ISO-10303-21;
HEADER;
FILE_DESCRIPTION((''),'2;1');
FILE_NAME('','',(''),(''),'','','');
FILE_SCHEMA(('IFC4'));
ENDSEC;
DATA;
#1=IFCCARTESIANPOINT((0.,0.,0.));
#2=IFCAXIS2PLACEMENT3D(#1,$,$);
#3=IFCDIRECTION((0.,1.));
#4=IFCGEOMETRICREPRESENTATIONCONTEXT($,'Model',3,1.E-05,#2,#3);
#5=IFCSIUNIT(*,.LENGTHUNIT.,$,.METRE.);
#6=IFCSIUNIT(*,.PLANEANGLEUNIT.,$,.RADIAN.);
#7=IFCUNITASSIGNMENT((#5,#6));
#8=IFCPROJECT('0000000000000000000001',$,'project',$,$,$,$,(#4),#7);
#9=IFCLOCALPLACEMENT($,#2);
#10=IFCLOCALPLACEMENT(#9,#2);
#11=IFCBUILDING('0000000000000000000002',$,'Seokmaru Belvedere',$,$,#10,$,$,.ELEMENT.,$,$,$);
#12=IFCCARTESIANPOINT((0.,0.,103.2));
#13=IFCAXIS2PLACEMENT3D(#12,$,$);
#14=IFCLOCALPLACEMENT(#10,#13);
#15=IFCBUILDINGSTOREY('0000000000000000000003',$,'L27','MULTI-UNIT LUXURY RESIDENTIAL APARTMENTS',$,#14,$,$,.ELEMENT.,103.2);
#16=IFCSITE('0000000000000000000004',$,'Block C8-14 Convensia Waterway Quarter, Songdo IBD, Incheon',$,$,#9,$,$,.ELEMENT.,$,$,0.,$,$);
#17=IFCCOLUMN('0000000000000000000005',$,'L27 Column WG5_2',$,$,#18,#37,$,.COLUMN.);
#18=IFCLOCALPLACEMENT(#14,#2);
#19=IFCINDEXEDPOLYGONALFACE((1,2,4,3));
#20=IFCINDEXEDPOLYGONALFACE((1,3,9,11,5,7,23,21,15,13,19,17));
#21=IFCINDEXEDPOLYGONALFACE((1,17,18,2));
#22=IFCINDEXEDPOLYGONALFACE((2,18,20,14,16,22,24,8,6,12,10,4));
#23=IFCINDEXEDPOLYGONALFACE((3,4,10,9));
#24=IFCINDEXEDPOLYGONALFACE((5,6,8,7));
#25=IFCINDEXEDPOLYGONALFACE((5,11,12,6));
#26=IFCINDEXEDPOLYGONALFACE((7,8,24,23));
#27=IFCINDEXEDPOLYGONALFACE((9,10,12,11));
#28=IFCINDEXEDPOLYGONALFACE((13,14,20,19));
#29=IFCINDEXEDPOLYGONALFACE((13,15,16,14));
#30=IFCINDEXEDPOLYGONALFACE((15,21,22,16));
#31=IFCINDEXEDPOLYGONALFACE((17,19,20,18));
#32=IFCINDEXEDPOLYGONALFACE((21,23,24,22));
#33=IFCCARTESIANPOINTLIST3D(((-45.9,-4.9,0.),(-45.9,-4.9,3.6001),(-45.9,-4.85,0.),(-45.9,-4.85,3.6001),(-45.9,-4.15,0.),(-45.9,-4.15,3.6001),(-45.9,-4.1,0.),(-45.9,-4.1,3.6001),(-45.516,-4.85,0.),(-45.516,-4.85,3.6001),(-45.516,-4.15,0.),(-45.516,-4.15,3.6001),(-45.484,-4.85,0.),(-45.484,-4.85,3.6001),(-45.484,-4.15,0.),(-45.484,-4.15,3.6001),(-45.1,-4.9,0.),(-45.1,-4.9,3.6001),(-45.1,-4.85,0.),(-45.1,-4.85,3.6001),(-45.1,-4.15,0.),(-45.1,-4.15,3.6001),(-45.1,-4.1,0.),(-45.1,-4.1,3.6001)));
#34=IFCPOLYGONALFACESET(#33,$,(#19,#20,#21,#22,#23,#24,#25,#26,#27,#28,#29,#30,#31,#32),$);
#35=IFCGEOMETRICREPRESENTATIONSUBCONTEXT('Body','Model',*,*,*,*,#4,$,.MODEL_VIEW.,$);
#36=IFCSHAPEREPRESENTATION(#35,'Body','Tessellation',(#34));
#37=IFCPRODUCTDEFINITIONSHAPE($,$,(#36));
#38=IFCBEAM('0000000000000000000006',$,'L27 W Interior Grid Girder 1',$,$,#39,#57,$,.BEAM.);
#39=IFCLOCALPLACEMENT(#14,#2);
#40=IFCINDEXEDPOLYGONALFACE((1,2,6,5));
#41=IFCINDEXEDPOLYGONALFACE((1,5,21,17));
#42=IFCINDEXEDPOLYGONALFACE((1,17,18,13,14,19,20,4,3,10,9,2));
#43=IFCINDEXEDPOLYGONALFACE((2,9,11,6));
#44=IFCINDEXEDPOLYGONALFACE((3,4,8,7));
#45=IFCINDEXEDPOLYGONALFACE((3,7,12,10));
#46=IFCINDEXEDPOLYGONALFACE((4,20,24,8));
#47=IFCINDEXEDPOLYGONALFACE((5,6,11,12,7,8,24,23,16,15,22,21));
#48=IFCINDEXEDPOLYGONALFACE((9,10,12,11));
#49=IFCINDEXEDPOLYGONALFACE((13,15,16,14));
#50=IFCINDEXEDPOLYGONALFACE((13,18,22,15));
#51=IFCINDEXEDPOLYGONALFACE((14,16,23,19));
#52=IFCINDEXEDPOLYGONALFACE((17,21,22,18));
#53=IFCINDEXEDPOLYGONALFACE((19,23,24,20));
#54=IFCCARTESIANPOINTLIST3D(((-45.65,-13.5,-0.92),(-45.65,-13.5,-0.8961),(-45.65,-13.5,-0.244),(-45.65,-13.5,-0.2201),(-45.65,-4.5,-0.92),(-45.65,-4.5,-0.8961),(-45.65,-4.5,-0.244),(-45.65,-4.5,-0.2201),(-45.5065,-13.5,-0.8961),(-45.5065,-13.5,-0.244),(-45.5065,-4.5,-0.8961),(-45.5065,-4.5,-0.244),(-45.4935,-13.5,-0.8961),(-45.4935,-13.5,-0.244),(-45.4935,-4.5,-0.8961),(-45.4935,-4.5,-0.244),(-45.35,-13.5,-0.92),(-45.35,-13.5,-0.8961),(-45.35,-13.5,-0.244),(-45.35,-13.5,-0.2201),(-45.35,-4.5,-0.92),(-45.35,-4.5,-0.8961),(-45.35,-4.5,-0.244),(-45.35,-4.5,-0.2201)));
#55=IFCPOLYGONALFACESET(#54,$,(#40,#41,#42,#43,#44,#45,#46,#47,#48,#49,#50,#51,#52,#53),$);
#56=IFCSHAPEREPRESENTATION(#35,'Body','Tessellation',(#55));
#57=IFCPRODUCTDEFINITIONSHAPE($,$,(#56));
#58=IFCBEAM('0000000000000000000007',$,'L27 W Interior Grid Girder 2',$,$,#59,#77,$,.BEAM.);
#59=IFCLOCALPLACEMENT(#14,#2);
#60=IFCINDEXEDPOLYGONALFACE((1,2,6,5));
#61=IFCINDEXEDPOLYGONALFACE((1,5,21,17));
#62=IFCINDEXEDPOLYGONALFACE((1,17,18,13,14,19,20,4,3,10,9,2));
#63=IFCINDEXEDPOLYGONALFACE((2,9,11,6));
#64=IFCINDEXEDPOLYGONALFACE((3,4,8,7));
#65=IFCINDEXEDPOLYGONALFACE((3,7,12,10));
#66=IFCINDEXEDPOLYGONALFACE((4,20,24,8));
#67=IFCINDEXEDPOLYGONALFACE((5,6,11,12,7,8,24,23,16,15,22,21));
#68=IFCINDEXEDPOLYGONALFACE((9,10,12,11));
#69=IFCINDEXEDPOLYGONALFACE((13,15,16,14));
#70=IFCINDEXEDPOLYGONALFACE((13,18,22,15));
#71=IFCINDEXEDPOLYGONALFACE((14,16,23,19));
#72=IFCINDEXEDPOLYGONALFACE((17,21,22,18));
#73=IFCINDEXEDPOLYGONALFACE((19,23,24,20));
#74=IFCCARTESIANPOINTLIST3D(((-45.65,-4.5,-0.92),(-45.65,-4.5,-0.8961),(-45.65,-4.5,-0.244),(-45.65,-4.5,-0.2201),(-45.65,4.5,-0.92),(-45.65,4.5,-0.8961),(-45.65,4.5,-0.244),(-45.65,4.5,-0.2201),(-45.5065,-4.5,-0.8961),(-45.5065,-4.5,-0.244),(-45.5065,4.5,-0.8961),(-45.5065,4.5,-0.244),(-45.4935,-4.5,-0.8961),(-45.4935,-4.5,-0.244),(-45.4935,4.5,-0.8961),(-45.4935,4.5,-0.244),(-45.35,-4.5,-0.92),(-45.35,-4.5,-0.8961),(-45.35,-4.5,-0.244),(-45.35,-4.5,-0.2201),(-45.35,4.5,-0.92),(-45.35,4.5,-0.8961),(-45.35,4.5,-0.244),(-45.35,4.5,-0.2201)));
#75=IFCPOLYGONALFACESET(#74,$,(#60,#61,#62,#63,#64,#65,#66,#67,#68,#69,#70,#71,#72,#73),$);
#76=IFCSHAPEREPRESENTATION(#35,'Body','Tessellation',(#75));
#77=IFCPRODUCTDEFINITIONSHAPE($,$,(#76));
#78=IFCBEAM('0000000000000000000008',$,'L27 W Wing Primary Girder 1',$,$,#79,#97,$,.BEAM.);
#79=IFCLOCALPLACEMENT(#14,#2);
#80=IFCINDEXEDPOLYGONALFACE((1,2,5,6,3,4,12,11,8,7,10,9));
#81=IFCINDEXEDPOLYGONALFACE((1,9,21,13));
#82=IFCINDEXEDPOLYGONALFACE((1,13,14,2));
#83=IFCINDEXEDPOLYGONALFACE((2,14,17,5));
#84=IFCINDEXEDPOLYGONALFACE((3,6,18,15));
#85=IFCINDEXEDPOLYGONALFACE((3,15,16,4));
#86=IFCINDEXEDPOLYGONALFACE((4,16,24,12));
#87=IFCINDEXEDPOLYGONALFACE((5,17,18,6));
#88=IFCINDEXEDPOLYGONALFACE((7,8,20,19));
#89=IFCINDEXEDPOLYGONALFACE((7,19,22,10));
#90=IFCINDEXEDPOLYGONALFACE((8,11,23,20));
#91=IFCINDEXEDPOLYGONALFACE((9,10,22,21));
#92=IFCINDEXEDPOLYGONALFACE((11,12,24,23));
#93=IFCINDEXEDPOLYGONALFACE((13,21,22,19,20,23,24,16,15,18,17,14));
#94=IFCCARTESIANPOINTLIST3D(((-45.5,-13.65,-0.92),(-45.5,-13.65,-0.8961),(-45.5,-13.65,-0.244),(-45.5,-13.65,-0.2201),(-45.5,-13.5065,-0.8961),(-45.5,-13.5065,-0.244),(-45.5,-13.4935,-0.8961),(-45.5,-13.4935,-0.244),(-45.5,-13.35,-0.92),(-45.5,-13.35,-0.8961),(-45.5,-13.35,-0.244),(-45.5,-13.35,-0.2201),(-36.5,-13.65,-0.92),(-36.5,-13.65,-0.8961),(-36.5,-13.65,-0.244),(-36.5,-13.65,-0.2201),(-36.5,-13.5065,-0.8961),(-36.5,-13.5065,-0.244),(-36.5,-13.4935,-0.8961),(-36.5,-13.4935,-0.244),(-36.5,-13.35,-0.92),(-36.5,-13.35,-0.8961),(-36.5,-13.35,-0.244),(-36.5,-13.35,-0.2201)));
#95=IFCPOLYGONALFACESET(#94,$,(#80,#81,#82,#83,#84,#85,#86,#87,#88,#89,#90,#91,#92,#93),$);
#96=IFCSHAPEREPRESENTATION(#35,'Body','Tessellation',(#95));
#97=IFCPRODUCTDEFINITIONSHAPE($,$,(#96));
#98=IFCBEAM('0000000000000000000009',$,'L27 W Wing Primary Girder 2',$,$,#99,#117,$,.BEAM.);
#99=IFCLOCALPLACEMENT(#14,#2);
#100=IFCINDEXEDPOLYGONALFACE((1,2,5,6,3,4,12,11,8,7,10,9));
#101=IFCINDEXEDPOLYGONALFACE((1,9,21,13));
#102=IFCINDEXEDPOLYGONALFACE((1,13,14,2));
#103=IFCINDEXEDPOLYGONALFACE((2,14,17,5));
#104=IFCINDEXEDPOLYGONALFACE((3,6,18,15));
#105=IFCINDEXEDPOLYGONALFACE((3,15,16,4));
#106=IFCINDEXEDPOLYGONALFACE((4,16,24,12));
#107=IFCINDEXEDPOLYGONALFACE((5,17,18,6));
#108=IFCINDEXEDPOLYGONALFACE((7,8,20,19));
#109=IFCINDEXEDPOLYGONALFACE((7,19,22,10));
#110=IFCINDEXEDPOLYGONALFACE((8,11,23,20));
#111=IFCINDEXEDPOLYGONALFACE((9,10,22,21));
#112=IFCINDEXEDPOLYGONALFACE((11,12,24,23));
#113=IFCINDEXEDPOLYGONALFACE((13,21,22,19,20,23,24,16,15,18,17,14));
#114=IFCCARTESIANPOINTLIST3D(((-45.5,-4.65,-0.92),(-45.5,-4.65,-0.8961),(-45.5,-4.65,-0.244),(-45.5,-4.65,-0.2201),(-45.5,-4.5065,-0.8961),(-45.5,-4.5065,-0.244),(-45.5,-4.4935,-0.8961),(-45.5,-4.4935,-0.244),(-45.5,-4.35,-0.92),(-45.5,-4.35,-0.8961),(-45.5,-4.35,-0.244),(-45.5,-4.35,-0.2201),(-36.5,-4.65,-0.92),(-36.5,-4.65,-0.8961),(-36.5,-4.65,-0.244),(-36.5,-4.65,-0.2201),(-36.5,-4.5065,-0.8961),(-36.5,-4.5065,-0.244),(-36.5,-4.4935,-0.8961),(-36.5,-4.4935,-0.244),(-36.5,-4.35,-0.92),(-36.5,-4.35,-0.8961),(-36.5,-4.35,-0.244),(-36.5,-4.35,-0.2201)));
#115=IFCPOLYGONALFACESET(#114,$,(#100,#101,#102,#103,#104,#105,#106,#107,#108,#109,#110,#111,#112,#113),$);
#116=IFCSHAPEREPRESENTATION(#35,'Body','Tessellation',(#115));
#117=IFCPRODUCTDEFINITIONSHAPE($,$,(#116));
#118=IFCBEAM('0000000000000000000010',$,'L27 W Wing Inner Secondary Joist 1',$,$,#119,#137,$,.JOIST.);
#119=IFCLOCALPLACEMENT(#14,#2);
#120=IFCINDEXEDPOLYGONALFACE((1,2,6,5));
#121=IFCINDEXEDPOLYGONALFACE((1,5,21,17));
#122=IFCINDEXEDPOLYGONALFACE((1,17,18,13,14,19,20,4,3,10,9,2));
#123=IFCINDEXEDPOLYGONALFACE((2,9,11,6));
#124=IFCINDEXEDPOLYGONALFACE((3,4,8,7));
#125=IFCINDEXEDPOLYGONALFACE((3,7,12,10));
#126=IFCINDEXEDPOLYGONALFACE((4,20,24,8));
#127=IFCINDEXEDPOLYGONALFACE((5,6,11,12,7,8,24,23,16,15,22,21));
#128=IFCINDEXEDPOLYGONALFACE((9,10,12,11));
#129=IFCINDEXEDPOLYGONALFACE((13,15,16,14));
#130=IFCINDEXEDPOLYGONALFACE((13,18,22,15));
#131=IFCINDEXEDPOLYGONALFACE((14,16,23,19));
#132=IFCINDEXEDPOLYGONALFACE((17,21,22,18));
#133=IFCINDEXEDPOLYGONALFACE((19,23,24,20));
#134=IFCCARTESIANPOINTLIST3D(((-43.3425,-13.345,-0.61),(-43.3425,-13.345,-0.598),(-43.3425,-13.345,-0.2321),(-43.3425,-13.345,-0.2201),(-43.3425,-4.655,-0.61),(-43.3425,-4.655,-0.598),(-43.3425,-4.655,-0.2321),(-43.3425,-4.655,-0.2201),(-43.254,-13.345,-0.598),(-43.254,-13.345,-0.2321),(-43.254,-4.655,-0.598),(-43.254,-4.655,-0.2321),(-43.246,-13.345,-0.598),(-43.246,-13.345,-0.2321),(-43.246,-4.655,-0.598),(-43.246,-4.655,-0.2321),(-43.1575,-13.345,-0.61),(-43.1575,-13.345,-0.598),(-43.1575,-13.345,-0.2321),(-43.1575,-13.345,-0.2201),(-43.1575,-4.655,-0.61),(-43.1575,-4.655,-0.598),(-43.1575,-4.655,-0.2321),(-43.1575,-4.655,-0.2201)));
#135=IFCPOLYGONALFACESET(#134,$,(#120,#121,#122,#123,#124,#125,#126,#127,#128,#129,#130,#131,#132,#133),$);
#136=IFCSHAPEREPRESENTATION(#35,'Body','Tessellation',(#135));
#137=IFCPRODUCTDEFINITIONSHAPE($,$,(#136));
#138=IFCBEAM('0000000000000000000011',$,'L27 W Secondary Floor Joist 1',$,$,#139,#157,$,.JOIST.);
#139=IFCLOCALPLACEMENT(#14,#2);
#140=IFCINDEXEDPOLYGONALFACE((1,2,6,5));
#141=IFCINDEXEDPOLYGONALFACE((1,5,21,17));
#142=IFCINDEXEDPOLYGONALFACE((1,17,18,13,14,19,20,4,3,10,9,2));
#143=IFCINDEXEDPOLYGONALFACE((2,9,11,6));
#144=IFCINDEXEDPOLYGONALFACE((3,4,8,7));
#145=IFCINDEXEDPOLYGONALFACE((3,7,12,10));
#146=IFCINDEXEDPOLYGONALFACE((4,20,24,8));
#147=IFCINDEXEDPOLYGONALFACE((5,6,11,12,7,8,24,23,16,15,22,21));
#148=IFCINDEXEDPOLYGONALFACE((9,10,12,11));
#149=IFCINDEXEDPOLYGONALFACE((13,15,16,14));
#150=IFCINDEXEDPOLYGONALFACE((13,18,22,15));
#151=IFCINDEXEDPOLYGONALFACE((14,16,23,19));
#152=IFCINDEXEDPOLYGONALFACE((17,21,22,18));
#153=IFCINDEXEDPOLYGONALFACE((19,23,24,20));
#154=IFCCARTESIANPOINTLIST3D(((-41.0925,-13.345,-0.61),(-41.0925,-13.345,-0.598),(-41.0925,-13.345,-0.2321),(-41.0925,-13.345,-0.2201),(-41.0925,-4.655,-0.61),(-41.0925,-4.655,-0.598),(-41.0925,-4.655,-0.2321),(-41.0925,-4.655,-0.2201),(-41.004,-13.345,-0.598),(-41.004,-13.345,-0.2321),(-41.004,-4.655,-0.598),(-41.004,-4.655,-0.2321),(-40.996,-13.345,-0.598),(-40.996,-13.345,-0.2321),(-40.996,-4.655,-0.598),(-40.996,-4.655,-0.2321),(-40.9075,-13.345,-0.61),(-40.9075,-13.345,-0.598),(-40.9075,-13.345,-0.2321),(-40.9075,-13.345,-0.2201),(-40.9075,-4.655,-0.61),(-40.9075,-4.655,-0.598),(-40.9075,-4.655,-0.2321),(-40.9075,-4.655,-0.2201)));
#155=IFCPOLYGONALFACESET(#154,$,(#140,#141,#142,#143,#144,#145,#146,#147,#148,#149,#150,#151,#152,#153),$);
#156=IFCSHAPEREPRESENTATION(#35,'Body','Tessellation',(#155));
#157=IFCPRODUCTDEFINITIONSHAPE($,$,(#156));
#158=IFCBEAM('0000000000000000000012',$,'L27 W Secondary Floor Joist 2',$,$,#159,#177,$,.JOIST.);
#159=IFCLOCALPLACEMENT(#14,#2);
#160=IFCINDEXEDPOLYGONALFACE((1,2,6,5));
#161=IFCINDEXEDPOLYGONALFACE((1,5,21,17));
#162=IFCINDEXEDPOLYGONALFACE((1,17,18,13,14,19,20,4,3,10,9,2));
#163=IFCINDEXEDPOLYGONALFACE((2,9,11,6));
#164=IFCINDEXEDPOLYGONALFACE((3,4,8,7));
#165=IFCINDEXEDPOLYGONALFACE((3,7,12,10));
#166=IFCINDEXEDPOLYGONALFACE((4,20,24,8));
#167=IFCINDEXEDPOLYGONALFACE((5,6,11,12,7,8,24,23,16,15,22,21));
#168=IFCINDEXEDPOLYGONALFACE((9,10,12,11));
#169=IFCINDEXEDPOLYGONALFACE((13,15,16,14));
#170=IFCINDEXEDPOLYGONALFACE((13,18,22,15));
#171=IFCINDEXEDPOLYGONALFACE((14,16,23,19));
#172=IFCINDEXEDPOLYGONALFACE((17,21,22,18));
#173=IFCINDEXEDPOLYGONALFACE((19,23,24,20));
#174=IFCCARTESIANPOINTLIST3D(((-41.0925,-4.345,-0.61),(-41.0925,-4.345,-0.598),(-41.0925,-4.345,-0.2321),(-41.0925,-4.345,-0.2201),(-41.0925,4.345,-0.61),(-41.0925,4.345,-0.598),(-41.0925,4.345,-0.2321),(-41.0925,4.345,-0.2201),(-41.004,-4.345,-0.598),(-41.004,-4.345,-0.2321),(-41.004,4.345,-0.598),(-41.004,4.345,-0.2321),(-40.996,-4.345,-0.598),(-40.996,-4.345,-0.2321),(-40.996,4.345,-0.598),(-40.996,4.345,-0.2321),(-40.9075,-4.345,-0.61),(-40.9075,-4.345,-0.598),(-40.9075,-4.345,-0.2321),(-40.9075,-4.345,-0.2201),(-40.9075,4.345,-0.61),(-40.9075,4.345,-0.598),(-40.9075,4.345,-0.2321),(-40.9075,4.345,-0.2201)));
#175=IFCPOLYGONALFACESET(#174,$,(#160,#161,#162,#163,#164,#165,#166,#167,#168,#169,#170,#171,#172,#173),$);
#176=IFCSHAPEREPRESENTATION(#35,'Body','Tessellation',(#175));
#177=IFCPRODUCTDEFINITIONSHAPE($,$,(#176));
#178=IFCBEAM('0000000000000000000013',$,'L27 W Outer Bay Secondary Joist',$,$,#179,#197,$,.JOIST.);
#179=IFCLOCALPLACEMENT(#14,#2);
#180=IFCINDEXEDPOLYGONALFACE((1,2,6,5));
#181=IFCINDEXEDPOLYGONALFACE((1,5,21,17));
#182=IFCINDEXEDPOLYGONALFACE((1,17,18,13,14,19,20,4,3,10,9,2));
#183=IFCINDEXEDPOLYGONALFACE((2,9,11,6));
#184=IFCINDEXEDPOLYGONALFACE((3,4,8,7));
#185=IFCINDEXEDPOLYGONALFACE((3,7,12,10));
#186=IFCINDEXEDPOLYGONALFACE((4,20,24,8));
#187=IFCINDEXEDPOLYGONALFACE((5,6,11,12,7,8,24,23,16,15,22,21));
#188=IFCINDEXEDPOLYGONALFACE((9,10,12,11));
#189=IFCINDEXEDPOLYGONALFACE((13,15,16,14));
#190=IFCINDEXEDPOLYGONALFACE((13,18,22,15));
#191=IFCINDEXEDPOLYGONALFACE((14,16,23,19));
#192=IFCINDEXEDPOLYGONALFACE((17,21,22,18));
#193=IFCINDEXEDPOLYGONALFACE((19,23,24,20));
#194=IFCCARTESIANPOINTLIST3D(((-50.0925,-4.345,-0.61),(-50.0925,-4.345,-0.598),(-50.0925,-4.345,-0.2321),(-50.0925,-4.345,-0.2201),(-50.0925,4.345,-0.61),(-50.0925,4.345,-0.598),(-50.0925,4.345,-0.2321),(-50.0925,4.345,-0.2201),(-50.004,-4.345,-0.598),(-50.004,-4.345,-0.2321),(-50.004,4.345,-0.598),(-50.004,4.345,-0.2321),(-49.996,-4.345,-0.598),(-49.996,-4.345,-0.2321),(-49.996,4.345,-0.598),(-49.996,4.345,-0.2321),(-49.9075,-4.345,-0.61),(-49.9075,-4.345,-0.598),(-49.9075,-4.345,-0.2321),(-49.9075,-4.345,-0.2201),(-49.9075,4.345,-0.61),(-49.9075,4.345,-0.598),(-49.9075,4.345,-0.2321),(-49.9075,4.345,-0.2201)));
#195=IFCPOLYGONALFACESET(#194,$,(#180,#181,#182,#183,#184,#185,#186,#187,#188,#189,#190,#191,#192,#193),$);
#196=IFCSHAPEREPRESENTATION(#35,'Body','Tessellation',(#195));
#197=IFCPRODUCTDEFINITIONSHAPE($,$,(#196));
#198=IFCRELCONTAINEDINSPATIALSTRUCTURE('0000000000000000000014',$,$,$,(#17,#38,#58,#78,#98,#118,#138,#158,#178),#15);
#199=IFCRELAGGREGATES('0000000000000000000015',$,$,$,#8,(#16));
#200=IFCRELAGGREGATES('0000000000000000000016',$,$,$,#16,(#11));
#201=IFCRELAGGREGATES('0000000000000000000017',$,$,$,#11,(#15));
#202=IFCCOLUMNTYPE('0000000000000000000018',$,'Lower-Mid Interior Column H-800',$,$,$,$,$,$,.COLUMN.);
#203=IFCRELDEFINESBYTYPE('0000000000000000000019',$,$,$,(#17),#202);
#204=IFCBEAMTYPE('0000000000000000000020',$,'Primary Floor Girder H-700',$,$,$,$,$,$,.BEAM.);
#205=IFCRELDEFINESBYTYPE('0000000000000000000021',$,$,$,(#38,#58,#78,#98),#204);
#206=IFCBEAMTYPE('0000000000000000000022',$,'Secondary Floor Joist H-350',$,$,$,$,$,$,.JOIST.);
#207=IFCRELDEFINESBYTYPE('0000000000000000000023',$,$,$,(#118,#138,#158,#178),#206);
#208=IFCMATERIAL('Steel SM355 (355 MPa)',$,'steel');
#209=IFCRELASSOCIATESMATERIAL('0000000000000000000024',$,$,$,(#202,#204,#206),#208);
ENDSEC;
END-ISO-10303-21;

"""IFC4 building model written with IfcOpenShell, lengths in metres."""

from ifc_helpers import new_model, si_unit, direction, frame, origin, origin_2d, place, context, subcontext, project, spatial, i_section, extrude, source, transform, mapped, material, material_profile, profile_set, type_object, type_shapes, element, save


model = new_model("IFC4")

# Units and contexts
model_context = context("Model", 3, precision=1e-05, world=origin(), true_north=direction((0.0, 1.0)))
body_context = subcontext(model_context, "Body", "Model", "MODEL_VIEW")
ifc_project = project(units=[si_unit("LENGTHUNIT", "METRE"), si_unit("PLANEANGLEUNIT", "RADIAN")], contexts=[model_context])

# Site, building, storey
site_placement = place(None, origin())
site = spatial("IfcSite", under=ifc_project, at=site_placement, Name="Block C8-14 Convensia Waterway Quarter, Songdo IBD, Incheon", CompositionType="ELEMENT", RefElevation=0.0)
building_placement = place(site_placement, origin())
building = spatial("IfcBuilding", under=site, at=building_placement, Name="Seokmaru Belvedere", CompositionType="ELEMENT")
storey_placement = place(building_placement, frame((0.0, 0.0, 103.2)))
storey = spatial("IfcBuildingStorey", under=building, at=storey_placement, Name="L27", Description="MULTI-UNIT LUXURY RESIDENTIAL APARTMENTS", CompositionType="ELEMENT", Elevation=103.2)

# Column
ifc_material_1 = material(Name="Steel SM355 (355 MPa)", Category="steel")
ifc_material_profile_1 = material_profile(ifc_material_1, i_section(OverallWidth=0.8, OverallDepth=0.8, WebThickness=0.032, FlangeThickness=0.05, at=origin_2d()), Name="H-800x800x32x50")
ifc_profile_set_1 = profile_set([ifc_material_profile_1], Name="Steel SM355 (355 MPa)")
column_type = type_object("IfcColumnType", Name="Lower-Mid Interior Column H-800", PredefinedType="COLUMN", material=ifc_profile_set_1)
shared_shape_1 = source(origin(), body_context, "Body", "SweptSolid", [
    extrude(i_section(OverallWidth=0.8, OverallDepth=0.8, WebThickness=0.032, FlangeThickness=0.05, at=origin_2d()), origin(), (0.0, 0.0, 1.0), 3.6001),
])
type_shapes(column_type, [shared_shape_1])
column_placement = place(storey_placement, frame((-45.5, -4.5, 0.0), z_axis=(0.0, 0.0, 1.0), x_axis=(1.0, 0.0, 0.0)))
element("IfcColumn", 1, at=column_placement, inside=storey, type_object=column_type, Name="L27 Column WG5_2", PredefinedType="COLUMN", context=body_context, shape_type="MappedRepresentation", body=[
    mapped(shared_shape_1, transform((0.0, 0.0, 0.0), scale=1.0)),
])

# Beams
ifc_material_profile_2 = material_profile(ifc_material_1, i_section(OverallWidth=0.3, OverallDepth=0.7, WebThickness=0.0129, FlangeThickness=0.0239, at=origin_2d()), Name="H-700x300x13x24")
ifc_profile_set_2 = profile_set([ifc_material_profile_2], Name="Steel SM355 (355 MPa)")
beam_type_1 = type_object("IfcBeamType", Name="Primary Floor Girder H-700", PredefinedType="BEAM", material=ifc_profile_set_2)
shared_shape_2 = source(origin(), body_context, "Body", "SweptSolid", [
    extrude(i_section(OverallWidth=0.3, OverallDepth=0.7, WebThickness=0.0129, FlangeThickness=0.0239, at=origin_2d()), origin(), (0.0, 0.0, 1.0), 9.0),
])
type_shapes(beam_type_1, [shared_shape_2])
for number, where, z_axis, x_axis, name in (
    (2, (-45.5, -13.5, -0.5701), (0.0, 1.0, 0.0), (-1.0, 0.0, 0.0), "L27 W Interior Grid Girder 1"),
    (3, (-45.5, -4.5, -0.5701), (0.0, 1.0, 0.0), (-1.0, 0.0, 0.0), "L27 W Interior Grid Girder 2"),
    (4, (-45.5, -13.5, -0.5701), (1.0, 0.0, 0.0), (0.0, 1.0, 0.0), "L27 W Wing Primary Girder 1"),
    (5, (-45.5, -4.5, -0.5701), (1.0, 0.0, 0.0), (0.0, 1.0, 0.0), "L27 W Wing Primary Girder 2"),
):
    element("IfcBeam", number, at=place(storey_placement, frame(where, z_axis=z_axis, x_axis=x_axis)), inside=storey, type_object=beam_type_1, Name=name, PredefinedType="BEAM", context=body_context, shape_type="MappedRepresentation", body=[
        mapped(shared_shape_2, transform((0.0, 0.0, 0.0), scale=1.0)),
    ])
ifc_material_profile_3 = material_profile(ifc_material_1, i_section(OverallWidth=0.1851, OverallDepth=0.3899, WebThickness=0.0081, FlangeThickness=0.012, at=origin_2d()), Name="H-390x185x8x12")
ifc_profile_set_3 = profile_set([ifc_material_profile_3], Name="Steel SM355 (355 MPa)")
beam_type_2 = type_object("IfcBeamType", Name="Secondary Floor Joist H-350", PredefinedType="JOIST", material=ifc_profile_set_3)
shared_shape_3 = source(origin(), body_context, "Body", "SweptSolid", [
    extrude(i_section(OverallWidth=0.1851, OverallDepth=0.3899, WebThickness=0.0081, FlangeThickness=0.012, at=origin_2d()), origin(), (0.0, 0.0, 1.0), 8.6899),
])
type_shapes(beam_type_2, [shared_shape_3])
for number, where, z_axis, x_axis, name in (
    (6, (-43.25, -13.345, -0.415), (0.0, 1.0, 0.0), (-1.0, 0.0, 0.0), "L27 W Wing Inner Secondary Joist 1"),
    (7, (-41.0, -13.345, -0.415), (0.0, 1.0, 0.0), (-1.0, 0.0, 0.0), "L27 W Secondary Floor Joist 1"),
    (8, (-41.0, -4.345, -0.415), (0.0, 1.0, 0.0), (-1.0, 0.0, 0.0), "L27 W Secondary Floor Joist 2"),
    (9, (-50.0, -4.345, -0.415), (0.0, 1.0, 0.0), (-1.0, 0.0, 0.0), "L27 W Outer Bay Secondary Joist"),
):
    element("IfcBeam", number, at=place(storey_placement, frame(where, z_axis=z_axis, x_axis=x_axis)), inside=storey, type_object=beam_type_2, Name=name, PredefinedType="JOIST", context=body_context, shape_type="MappedRepresentation", body=[
        mapped(shared_shape_3, transform((0.0, 0.0, 0.0), scale=1.0)),
    ])

save(model, "model.ifc")
